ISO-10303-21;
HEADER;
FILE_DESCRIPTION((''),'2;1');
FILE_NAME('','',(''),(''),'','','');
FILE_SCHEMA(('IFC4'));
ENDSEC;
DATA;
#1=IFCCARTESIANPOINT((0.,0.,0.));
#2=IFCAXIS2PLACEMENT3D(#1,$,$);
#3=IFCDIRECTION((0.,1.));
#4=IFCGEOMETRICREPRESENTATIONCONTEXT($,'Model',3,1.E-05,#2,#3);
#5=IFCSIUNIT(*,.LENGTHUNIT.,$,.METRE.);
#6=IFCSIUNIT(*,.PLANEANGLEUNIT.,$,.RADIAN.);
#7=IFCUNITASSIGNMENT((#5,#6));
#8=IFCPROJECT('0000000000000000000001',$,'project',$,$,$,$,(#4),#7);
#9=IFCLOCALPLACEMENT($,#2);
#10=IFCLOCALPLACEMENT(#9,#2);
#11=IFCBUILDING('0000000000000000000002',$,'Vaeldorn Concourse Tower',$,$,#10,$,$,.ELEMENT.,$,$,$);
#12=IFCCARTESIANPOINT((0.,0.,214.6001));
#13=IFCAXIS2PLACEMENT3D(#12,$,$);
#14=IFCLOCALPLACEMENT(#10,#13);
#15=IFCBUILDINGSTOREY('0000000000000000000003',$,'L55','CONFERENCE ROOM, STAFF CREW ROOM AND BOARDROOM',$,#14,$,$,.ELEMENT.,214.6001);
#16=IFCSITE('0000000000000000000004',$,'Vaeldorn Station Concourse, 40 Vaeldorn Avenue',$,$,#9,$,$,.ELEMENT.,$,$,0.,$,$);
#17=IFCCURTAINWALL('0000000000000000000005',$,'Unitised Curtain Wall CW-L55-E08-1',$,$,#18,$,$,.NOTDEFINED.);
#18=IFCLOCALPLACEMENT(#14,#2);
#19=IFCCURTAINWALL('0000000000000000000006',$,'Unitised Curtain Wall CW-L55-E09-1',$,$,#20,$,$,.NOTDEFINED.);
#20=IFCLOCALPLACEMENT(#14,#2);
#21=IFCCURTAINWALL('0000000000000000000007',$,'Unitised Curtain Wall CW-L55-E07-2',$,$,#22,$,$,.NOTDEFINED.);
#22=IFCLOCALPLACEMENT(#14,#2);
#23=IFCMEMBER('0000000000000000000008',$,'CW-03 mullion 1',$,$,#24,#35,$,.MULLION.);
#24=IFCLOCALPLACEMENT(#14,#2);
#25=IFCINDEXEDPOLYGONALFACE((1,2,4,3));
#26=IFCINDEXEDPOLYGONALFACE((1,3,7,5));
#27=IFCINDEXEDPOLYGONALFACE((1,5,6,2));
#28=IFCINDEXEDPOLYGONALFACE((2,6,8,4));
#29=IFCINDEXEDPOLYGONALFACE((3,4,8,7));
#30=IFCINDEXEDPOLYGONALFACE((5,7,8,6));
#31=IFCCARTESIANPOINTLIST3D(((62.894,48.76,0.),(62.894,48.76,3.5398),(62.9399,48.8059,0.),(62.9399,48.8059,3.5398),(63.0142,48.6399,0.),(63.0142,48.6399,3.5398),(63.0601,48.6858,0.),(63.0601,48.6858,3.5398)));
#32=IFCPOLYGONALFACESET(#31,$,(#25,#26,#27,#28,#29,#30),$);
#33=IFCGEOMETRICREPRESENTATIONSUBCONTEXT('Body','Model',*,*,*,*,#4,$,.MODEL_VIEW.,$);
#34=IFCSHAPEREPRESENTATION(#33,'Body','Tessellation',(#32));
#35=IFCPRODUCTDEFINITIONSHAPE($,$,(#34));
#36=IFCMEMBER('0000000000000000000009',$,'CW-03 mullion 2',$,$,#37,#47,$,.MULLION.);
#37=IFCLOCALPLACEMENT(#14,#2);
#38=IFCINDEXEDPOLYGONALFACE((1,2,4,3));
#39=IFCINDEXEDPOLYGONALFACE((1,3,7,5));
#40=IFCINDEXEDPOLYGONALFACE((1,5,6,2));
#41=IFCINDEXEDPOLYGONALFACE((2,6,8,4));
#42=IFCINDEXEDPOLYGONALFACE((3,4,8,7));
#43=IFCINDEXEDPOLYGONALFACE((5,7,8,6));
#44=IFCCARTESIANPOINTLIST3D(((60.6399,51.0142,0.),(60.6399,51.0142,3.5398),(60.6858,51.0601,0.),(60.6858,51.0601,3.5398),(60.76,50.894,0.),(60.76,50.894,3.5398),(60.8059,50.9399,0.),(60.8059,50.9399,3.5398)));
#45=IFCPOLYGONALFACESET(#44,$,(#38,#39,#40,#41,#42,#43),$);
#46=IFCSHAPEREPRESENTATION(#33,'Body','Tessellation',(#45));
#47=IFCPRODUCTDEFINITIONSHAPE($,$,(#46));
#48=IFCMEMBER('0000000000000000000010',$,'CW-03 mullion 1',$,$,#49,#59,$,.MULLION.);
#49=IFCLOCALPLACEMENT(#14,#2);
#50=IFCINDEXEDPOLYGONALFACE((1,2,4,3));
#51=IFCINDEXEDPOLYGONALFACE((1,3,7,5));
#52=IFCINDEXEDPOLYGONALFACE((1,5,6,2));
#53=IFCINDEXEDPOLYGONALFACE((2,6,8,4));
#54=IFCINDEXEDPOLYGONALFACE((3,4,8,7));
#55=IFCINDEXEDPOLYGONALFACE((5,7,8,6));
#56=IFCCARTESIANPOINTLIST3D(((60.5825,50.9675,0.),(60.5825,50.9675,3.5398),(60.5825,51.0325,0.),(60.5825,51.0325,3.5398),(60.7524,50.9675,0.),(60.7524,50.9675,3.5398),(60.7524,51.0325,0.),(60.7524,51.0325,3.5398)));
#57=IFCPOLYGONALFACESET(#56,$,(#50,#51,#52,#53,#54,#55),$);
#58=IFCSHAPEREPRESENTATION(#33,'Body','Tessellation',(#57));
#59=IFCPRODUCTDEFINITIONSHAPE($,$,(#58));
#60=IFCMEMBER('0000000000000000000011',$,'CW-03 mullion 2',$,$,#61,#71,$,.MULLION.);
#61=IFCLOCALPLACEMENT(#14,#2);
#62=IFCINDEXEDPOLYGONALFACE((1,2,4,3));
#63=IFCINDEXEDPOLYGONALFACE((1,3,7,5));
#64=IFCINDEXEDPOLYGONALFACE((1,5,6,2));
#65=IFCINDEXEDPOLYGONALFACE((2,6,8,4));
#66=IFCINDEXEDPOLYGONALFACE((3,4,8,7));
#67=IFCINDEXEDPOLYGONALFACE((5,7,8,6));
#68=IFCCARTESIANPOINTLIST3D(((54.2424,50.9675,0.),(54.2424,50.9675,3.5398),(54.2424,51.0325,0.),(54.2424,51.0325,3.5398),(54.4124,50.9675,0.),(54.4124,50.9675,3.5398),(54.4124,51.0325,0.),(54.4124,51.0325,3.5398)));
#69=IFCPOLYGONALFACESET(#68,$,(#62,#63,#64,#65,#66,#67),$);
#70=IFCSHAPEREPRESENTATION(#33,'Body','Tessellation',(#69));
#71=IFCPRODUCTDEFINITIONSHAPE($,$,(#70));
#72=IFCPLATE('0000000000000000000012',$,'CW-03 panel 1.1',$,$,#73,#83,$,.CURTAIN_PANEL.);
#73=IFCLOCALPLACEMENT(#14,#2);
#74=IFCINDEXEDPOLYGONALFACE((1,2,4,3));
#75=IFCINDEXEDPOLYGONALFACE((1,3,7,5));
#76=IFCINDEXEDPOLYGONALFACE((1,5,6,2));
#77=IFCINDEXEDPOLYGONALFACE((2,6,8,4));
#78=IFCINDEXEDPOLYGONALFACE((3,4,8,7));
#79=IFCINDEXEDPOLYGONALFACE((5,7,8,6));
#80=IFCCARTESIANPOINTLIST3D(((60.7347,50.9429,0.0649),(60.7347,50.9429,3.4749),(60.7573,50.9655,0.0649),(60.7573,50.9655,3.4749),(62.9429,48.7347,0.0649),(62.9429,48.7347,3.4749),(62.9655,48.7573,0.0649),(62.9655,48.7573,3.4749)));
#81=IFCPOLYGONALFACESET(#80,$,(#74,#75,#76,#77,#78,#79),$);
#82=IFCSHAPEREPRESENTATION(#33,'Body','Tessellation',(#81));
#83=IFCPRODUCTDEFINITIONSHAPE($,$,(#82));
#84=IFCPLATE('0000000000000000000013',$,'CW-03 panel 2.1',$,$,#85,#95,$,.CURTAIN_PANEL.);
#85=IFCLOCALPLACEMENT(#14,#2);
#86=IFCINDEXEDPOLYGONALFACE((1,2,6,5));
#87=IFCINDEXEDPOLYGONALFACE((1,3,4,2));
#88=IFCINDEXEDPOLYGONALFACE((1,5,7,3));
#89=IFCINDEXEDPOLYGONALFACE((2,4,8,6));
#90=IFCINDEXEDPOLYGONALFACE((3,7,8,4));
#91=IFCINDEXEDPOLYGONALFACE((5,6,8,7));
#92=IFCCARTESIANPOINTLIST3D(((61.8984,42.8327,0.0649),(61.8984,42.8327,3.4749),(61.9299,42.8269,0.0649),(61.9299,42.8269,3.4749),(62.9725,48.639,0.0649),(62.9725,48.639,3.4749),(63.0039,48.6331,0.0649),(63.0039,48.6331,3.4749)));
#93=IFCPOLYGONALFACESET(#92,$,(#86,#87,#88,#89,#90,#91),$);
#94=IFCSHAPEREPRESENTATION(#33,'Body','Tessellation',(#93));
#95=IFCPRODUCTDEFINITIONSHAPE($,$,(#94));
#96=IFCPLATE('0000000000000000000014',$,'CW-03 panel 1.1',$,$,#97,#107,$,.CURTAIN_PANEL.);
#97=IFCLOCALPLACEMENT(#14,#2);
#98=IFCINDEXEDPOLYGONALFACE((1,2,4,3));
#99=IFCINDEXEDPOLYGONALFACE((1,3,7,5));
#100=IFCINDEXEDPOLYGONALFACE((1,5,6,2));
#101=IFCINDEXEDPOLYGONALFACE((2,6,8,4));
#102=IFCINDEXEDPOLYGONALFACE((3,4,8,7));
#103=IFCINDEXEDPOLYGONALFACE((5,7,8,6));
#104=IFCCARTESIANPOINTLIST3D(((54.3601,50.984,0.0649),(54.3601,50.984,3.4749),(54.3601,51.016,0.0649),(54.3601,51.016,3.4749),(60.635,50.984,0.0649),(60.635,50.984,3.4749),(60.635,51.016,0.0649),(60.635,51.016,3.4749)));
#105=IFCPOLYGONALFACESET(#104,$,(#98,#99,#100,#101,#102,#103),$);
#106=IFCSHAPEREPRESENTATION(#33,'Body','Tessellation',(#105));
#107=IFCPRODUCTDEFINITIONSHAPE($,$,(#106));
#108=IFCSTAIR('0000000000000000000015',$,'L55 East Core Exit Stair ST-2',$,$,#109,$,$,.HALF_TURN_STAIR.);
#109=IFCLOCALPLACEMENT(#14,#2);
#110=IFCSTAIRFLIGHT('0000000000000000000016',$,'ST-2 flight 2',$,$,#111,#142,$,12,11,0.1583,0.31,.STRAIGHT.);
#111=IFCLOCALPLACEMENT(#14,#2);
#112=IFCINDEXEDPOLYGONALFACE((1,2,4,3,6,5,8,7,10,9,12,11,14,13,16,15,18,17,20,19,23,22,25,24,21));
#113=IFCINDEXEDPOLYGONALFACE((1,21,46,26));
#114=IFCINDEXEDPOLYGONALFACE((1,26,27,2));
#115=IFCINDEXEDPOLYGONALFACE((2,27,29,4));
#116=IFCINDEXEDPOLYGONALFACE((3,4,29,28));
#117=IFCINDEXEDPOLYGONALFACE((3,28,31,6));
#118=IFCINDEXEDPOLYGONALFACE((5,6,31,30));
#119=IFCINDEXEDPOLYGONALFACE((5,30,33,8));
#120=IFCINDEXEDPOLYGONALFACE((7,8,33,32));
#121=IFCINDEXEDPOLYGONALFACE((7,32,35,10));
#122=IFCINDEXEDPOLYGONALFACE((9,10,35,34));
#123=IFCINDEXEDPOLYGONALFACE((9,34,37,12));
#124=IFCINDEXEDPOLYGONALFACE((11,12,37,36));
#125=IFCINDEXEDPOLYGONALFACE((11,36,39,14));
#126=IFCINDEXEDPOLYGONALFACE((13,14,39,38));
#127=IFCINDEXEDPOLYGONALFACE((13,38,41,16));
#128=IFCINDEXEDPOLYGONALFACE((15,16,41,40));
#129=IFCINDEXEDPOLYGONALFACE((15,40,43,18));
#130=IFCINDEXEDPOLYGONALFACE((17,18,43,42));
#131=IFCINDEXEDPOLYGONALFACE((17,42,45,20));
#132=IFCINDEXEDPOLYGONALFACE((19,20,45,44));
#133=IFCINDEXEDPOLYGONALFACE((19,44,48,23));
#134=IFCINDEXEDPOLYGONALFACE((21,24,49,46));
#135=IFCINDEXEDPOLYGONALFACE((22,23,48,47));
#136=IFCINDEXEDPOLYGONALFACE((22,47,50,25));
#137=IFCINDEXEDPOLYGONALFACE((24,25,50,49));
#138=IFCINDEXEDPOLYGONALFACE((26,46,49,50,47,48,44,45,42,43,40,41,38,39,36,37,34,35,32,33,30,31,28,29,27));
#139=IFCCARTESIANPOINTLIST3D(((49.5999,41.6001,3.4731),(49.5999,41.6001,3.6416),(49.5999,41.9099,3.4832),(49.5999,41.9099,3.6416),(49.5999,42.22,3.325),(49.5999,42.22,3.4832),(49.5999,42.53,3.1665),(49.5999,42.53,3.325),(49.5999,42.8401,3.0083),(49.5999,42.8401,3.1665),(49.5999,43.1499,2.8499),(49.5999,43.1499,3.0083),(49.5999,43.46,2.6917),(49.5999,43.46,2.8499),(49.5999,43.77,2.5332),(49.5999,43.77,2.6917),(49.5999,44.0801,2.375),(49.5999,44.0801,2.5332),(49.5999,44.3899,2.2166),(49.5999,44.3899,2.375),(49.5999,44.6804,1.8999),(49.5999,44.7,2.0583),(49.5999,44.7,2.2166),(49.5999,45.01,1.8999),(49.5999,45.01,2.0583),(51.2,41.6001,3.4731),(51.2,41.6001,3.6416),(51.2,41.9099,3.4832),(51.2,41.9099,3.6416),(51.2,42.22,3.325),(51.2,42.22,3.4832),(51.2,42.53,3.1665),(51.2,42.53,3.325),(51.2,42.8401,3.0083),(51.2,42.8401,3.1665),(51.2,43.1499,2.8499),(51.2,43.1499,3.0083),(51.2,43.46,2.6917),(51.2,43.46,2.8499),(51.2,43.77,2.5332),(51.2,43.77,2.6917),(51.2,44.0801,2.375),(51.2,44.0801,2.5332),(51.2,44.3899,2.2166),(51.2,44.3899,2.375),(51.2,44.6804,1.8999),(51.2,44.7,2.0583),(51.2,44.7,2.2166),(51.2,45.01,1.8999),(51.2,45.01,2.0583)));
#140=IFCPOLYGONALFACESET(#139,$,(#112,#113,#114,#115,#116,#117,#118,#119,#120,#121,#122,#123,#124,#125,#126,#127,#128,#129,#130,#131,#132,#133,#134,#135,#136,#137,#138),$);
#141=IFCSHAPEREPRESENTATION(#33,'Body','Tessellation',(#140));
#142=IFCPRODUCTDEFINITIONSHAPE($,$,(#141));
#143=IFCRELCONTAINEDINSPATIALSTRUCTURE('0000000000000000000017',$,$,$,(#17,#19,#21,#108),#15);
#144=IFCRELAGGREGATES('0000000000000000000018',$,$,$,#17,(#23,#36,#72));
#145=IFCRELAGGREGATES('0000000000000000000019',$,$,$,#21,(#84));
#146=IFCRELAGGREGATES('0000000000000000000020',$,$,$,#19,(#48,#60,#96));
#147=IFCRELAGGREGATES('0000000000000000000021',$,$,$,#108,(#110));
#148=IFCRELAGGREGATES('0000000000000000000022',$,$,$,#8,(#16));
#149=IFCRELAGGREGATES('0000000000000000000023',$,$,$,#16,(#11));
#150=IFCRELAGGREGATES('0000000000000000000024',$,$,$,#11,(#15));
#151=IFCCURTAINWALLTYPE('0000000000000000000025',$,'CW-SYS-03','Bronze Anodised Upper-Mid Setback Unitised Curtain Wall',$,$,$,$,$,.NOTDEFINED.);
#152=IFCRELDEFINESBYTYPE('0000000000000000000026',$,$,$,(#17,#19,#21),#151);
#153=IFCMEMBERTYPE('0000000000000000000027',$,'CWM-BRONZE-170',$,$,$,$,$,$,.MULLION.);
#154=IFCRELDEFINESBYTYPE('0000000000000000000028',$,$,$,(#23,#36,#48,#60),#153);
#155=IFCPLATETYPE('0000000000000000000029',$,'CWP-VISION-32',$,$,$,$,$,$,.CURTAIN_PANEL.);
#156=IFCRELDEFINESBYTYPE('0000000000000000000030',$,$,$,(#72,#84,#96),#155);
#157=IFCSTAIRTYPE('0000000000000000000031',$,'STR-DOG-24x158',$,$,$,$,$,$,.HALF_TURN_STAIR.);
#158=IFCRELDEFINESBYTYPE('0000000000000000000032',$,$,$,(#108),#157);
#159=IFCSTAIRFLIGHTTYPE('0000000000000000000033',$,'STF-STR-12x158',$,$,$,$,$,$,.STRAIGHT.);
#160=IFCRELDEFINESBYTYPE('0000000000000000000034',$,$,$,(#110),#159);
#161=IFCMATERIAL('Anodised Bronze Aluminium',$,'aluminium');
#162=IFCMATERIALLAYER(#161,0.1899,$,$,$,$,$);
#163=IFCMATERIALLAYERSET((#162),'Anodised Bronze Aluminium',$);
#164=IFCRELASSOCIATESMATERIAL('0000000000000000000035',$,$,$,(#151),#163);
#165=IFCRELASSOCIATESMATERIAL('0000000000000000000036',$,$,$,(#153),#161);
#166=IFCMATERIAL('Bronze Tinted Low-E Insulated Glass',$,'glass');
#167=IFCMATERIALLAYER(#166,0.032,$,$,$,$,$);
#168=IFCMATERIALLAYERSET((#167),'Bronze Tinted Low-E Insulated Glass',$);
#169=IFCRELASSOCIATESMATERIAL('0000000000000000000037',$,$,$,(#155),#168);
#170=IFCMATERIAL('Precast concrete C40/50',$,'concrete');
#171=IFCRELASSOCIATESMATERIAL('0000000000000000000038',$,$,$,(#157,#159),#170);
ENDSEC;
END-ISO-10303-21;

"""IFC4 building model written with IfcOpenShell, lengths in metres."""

from ifc_helpers import new_model, si_unit, direction, frame, origin, origin_2d, place, context, subcontext, project, spatial, polyline, rectangle, outline, extrude, source, transform, mapped, material, layer, layer_set, material_profile, profile_set, type_object, element, aggregate, save


model = new_model("IFC4")

# Units and contexts
model_context = context("Model", 3, precision=1e-05, world=origin(), true_north=direction((0.0, 1.0)))
body_context = subcontext(model_context, "Body", "Model", "MODEL_VIEW")
ifc_project = project(units=[si_unit("LENGTHUNIT", "METRE"), si_unit("PLANEANGLEUNIT", "RADIAN")], contexts=[model_context])

# Site, building, storey
site_placement = place(None, origin())
site = spatial("IfcSite", under=ifc_project, at=site_placement, Name="Vaeldorn Station Concourse, 40 Vaeldorn Avenue", CompositionType="ELEMENT", RefElevation=0.0)
building_placement = place(site_placement, origin())
building = spatial("IfcBuilding", under=site, at=building_placement, Name="Vaeldorn Concourse Tower", CompositionType="ELEMENT")
storey_placement = place(building_placement, frame((0.0, 0.0, 214.6001)))
storey = spatial("IfcBuildingStorey", under=building, at=storey_placement, Name="L55", Description="CONFERENCE ROOM, STAFF CREW ROOM AND BOARDROOM", CompositionType="ELEMENT", Elevation=214.6001)

# Curtain walls
ifc_material_1 = material(Name="Anodised Bronze Aluminium", Category="aluminium")
ifc_layer_1 = layer(ifc_material_1, 0.1899)
ifc_layer_set_1 = layer_set([ifc_layer_1], Name="Anodised Bronze Aluminium")
curtain_wall_type = type_object("IfcCurtainWallType", Name="CW-SYS-03", Description="Bronze Anodised Upper-Mid Setback Unitised Curtain Wall", PredefinedType="NOTDEFINED", material=ifc_layer_set_1)
curtain_wall_1_placement = place(storey_placement, origin())
curtain_wall_1 = element("IfcCurtainWall", 1, at=curtain_wall_1_placement, inside=storey, type_object=curtain_wall_type, Name="Unitised Curtain Wall CW-L55-E08-1", PredefinedType="NOTDEFINED")
curtain_wall_2_placement = place(storey_placement, origin())
curtain_wall_2 = element("IfcCurtainWall", 2, at=curtain_wall_2_placement, inside=storey, type_object=curtain_wall_type, Name="Unitised Curtain Wall CW-L55-E09-1", PredefinedType="NOTDEFINED")
curtain_wall_3_placement = place(storey_placement, origin())
curtain_wall_3 = element("IfcCurtainWall", 3, at=curtain_wall_3_placement, inside=storey, type_object=curtain_wall_type, Name="Unitised Curtain Wall CW-L55-E07-2", PredefinedType="NOTDEFINED")
ifc_material_profile_1 = material_profile(ifc_material_1, rectangle(XDim=0.0649, YDim=0.1699, at=origin_2d()), Name="CWM 65x170")
ifc_profile_set_1 = profile_set([ifc_material_profile_1], Name="Anodised Bronze Aluminium")
member_type_1 = type_object("IfcMemberType", Name="CWM-BRONZE-170", PredefinedType="MULLION", material=ifc_profile_set_1)
shared_shape_1 = source(origin(), body_context, "Body", "SweptSolid", [
    extrude(rectangle(XDim=0.0649, YDim=0.1699, at=origin_2d()), origin(), (0.0, 0.0, 1.0), 3.5398),
])

# Members
member_1_placement = place(storey_placement, frame((62.9771, 48.7229, 0.0), z_axis=(0.0, 0.0, 1.0), x_axis=(-0.707107, -0.707107, 0.0)))
member_1 = element("IfcMember", 4, at=member_1_placement, type_object=member_type_1, Name="CW-03 mullion 1", PredefinedType="MULLION", context=body_context, shape_type="MappedRepresentation", body=[
    mapped(shared_shape_1, transform((0.0, 0.0, 0.0), scale=1.0)),
])
member_2_placement = place(storey_placement, frame((60.7229, 50.9771, 0.0), z_axis=(0.0, 0.0, 1.0), x_axis=(-0.707107, -0.707107, 0.0)))
member_2 = element("IfcMember", 5, at=member_2_placement, type_object=member_type_1, Name="CW-03 mullion 2", PredefinedType="MULLION", context=body_context, shape_type="MappedRepresentation", body=[
    mapped(shared_shape_1, transform((0.0, 0.0, 0.0), scale=1.0)),
])
member_3_placement = place(storey_placement, frame((60.6675, 51.0, 0.0), z_axis=(0.0, 0.0, 1.0), x_axis=(0.0, -1.0, 0.0)))
member_3 = element("IfcMember", 6, at=member_3_placement, type_object=member_type_1, Name="CW-03 mullion 1", PredefinedType="MULLION", context=body_context, shape_type="MappedRepresentation", body=[
    mapped(shared_shape_1, transform((0.0, 0.0, 0.0), scale=1.0)),
])
member_4_placement = place(storey_placement, frame((54.3274, 51.0, 0.0), z_axis=(0.0, 0.0, 1.0), x_axis=(0.0, -1.0, 0.0)))
member_4 = element("IfcMember", 7, at=member_4_placement, type_object=member_type_1, Name="CW-03 mullion 2", PredefinedType="MULLION", context=body_context, shape_type="MappedRepresentation", body=[
    mapped(shared_shape_1, transform((0.0, 0.0, 0.0), scale=1.0)),
])

# Plates
ifc_material_2 = material(Name="Bronze Tinted Low-E Insulated Glass", Category="glass")
ifc_layer_2 = layer(ifc_material_2, 0.032)
ifc_layer_set_2 = layer_set([ifc_layer_2], Name="Bronze Tinted Low-E Insulated Glass")
plate_type = type_object("IfcPlateType", Name="CWP-VISION-32", PredefinedType="CURTAIN_PANEL", material=ifc_layer_set_2)
shared_shape_2 = source(origin(), body_context, "Body", "SweptSolid", [
    extrude(rectangle(XDim=3.1228, YDim=0.032, at=origin_2d()), origin(), (0.0, 0.0, 1.0), 3.4099),
])
plate_1_placement = place(storey_placement, frame((61.8501, 49.8501, 0.0649), z_axis=(0.0, 0.0, 1.0), x_axis=(-0.707107, 0.707107, 0.0)))
plate_1 = element("IfcPlate", 8, at=plate_1_placement, type_object=plate_type, Name="CW-03 panel 1.1", PredefinedType="CURTAIN_PANEL", context=body_context, shape_type="MappedRepresentation", body=[
    mapped(shared_shape_2, transform((0.0, 0.0, 0.0), scale=1.0)),
])
aggregate(curtain_wall_1, [member_1, member_2, plate_1])
shared_shape_3 = source(origin(), body_context, "Body", "SweptSolid", [
    extrude(rectangle(XDim=5.9048, YDim=0.032, at=origin_2d()), origin(), (0.0, 0.0, 1.0), 3.4099),
])
plate_2_placement = place(storey_placement, frame((62.4512, 45.7329, 0.0649), z_axis=(0.0, 0.0, 1.0), x_axis=(0.181888, 0.983319, 0.0)))
plate_2 = element("IfcPlate", 9, at=plate_2_placement, type_object=plate_type, Name="CW-03 panel 2.1", PredefinedType="CURTAIN_PANEL", context=body_context, shape_type="MappedRepresentation", body=[
    mapped(shared_shape_3, transform((0.0, 0.0, 0.0), scale=1.0)),
])
aggregate(curtain_wall_3, [plate_2])
shared_shape_4 = source(origin(), body_context, "Body", "SweptSolid", [
    extrude(rectangle(XDim=6.2749, YDim=0.032, at=origin_2d()), origin(), (0.0, 0.0, 1.0), 3.4099),
])
plate_3_placement = place(storey_placement, frame((57.4976, 51.0, 0.0649), z_axis=(0.0, 0.0, 1.0), x_axis=(-1.0, 0.0, 0.0)))
plate_3 = element("IfcPlate", 10, at=plate_3_placement, type_object=plate_type, Name="CW-03 panel 1.1", PredefinedType="CURTAIN_PANEL", context=body_context, shape_type="MappedRepresentation", body=[
    mapped(shared_shape_4, transform((0.0, 0.0, 0.0), scale=1.0)),
])
aggregate(curtain_wall_2, [member_3, member_4, plate_3])

# Stair, stair flight
ifc_material_3 = material(Name="Precast concrete C40/50", Category="concrete")
stair_type = type_object("IfcStairType", Name="STR-DOG-24x158", PredefinedType="HALF_TURN_STAIR", material=ifc_material_3)
stair_placement = place(storey_placement, origin())
stair = element("IfcStair", 11, at=stair_placement, inside=storey, type_object=stair_type, Name="L55 East Core Exit Stair ST-2", PredefinedType="HALF_TURN_STAIR")
stair_flight_type = type_object("IfcStairFlightType", Name="STF-STR-12x158", PredefinedType="STRAIGHT", material=ifc_material_3)
stair_flight_placement = place(storey_placement, frame((50.3999, 45.01, 1.8999), z_axis=(0.0, 0.0, 1.0), x_axis=(0.0, -1.0, 0.0)))
stair_flight = element("IfcStairFlight", 12, at=stair_flight_placement, type_object=stair_flight_type, Name="ST-2 flight 2", NumberOfRisers=12, NumberOfTreads=11, PredefinedType="STRAIGHT", RiserHeight=0.1583, TreadLength=0.31, context=body_context, shape_type="SweptSolid", body=[
    extrude(outline(polyline([(0.0, 0.0), (0.0, 0.1584), (0.3101, 0.1584), (0.3101, 0.3167), (0.6201, 0.3167), (0.6201, 0.4751), (0.9299, 0.4751), (0.9299, 0.6333), (1.24, 0.6333), (1.24, 0.7917), (1.55, 0.7917), (1.55, 0.95), (1.8601, 0.95), (1.8601, 1.1084), (2.1699, 1.1084), (2.1699, 1.2666), (2.48, 1.2666), (2.48, 1.425), (2.79, 1.425), (2.79, 1.5833), (3.1001, 1.5833), (3.1001, 1.7417), (3.4099, 1.7417), (3.4099, 1.8999), (3.4099, 1.5732), (0.3296, 0.0), (0.0, 0.0)])), frame((0.0, 0.8, 0.0), z_axis=(0.0, -1.0, 0.0), x_axis=(1.0, 0.0, 0.0)), (0.0, 0.0, 1.0), 1.6001),
])
aggregate(stair, [stair_flight])

save(model, "model.ifc")
